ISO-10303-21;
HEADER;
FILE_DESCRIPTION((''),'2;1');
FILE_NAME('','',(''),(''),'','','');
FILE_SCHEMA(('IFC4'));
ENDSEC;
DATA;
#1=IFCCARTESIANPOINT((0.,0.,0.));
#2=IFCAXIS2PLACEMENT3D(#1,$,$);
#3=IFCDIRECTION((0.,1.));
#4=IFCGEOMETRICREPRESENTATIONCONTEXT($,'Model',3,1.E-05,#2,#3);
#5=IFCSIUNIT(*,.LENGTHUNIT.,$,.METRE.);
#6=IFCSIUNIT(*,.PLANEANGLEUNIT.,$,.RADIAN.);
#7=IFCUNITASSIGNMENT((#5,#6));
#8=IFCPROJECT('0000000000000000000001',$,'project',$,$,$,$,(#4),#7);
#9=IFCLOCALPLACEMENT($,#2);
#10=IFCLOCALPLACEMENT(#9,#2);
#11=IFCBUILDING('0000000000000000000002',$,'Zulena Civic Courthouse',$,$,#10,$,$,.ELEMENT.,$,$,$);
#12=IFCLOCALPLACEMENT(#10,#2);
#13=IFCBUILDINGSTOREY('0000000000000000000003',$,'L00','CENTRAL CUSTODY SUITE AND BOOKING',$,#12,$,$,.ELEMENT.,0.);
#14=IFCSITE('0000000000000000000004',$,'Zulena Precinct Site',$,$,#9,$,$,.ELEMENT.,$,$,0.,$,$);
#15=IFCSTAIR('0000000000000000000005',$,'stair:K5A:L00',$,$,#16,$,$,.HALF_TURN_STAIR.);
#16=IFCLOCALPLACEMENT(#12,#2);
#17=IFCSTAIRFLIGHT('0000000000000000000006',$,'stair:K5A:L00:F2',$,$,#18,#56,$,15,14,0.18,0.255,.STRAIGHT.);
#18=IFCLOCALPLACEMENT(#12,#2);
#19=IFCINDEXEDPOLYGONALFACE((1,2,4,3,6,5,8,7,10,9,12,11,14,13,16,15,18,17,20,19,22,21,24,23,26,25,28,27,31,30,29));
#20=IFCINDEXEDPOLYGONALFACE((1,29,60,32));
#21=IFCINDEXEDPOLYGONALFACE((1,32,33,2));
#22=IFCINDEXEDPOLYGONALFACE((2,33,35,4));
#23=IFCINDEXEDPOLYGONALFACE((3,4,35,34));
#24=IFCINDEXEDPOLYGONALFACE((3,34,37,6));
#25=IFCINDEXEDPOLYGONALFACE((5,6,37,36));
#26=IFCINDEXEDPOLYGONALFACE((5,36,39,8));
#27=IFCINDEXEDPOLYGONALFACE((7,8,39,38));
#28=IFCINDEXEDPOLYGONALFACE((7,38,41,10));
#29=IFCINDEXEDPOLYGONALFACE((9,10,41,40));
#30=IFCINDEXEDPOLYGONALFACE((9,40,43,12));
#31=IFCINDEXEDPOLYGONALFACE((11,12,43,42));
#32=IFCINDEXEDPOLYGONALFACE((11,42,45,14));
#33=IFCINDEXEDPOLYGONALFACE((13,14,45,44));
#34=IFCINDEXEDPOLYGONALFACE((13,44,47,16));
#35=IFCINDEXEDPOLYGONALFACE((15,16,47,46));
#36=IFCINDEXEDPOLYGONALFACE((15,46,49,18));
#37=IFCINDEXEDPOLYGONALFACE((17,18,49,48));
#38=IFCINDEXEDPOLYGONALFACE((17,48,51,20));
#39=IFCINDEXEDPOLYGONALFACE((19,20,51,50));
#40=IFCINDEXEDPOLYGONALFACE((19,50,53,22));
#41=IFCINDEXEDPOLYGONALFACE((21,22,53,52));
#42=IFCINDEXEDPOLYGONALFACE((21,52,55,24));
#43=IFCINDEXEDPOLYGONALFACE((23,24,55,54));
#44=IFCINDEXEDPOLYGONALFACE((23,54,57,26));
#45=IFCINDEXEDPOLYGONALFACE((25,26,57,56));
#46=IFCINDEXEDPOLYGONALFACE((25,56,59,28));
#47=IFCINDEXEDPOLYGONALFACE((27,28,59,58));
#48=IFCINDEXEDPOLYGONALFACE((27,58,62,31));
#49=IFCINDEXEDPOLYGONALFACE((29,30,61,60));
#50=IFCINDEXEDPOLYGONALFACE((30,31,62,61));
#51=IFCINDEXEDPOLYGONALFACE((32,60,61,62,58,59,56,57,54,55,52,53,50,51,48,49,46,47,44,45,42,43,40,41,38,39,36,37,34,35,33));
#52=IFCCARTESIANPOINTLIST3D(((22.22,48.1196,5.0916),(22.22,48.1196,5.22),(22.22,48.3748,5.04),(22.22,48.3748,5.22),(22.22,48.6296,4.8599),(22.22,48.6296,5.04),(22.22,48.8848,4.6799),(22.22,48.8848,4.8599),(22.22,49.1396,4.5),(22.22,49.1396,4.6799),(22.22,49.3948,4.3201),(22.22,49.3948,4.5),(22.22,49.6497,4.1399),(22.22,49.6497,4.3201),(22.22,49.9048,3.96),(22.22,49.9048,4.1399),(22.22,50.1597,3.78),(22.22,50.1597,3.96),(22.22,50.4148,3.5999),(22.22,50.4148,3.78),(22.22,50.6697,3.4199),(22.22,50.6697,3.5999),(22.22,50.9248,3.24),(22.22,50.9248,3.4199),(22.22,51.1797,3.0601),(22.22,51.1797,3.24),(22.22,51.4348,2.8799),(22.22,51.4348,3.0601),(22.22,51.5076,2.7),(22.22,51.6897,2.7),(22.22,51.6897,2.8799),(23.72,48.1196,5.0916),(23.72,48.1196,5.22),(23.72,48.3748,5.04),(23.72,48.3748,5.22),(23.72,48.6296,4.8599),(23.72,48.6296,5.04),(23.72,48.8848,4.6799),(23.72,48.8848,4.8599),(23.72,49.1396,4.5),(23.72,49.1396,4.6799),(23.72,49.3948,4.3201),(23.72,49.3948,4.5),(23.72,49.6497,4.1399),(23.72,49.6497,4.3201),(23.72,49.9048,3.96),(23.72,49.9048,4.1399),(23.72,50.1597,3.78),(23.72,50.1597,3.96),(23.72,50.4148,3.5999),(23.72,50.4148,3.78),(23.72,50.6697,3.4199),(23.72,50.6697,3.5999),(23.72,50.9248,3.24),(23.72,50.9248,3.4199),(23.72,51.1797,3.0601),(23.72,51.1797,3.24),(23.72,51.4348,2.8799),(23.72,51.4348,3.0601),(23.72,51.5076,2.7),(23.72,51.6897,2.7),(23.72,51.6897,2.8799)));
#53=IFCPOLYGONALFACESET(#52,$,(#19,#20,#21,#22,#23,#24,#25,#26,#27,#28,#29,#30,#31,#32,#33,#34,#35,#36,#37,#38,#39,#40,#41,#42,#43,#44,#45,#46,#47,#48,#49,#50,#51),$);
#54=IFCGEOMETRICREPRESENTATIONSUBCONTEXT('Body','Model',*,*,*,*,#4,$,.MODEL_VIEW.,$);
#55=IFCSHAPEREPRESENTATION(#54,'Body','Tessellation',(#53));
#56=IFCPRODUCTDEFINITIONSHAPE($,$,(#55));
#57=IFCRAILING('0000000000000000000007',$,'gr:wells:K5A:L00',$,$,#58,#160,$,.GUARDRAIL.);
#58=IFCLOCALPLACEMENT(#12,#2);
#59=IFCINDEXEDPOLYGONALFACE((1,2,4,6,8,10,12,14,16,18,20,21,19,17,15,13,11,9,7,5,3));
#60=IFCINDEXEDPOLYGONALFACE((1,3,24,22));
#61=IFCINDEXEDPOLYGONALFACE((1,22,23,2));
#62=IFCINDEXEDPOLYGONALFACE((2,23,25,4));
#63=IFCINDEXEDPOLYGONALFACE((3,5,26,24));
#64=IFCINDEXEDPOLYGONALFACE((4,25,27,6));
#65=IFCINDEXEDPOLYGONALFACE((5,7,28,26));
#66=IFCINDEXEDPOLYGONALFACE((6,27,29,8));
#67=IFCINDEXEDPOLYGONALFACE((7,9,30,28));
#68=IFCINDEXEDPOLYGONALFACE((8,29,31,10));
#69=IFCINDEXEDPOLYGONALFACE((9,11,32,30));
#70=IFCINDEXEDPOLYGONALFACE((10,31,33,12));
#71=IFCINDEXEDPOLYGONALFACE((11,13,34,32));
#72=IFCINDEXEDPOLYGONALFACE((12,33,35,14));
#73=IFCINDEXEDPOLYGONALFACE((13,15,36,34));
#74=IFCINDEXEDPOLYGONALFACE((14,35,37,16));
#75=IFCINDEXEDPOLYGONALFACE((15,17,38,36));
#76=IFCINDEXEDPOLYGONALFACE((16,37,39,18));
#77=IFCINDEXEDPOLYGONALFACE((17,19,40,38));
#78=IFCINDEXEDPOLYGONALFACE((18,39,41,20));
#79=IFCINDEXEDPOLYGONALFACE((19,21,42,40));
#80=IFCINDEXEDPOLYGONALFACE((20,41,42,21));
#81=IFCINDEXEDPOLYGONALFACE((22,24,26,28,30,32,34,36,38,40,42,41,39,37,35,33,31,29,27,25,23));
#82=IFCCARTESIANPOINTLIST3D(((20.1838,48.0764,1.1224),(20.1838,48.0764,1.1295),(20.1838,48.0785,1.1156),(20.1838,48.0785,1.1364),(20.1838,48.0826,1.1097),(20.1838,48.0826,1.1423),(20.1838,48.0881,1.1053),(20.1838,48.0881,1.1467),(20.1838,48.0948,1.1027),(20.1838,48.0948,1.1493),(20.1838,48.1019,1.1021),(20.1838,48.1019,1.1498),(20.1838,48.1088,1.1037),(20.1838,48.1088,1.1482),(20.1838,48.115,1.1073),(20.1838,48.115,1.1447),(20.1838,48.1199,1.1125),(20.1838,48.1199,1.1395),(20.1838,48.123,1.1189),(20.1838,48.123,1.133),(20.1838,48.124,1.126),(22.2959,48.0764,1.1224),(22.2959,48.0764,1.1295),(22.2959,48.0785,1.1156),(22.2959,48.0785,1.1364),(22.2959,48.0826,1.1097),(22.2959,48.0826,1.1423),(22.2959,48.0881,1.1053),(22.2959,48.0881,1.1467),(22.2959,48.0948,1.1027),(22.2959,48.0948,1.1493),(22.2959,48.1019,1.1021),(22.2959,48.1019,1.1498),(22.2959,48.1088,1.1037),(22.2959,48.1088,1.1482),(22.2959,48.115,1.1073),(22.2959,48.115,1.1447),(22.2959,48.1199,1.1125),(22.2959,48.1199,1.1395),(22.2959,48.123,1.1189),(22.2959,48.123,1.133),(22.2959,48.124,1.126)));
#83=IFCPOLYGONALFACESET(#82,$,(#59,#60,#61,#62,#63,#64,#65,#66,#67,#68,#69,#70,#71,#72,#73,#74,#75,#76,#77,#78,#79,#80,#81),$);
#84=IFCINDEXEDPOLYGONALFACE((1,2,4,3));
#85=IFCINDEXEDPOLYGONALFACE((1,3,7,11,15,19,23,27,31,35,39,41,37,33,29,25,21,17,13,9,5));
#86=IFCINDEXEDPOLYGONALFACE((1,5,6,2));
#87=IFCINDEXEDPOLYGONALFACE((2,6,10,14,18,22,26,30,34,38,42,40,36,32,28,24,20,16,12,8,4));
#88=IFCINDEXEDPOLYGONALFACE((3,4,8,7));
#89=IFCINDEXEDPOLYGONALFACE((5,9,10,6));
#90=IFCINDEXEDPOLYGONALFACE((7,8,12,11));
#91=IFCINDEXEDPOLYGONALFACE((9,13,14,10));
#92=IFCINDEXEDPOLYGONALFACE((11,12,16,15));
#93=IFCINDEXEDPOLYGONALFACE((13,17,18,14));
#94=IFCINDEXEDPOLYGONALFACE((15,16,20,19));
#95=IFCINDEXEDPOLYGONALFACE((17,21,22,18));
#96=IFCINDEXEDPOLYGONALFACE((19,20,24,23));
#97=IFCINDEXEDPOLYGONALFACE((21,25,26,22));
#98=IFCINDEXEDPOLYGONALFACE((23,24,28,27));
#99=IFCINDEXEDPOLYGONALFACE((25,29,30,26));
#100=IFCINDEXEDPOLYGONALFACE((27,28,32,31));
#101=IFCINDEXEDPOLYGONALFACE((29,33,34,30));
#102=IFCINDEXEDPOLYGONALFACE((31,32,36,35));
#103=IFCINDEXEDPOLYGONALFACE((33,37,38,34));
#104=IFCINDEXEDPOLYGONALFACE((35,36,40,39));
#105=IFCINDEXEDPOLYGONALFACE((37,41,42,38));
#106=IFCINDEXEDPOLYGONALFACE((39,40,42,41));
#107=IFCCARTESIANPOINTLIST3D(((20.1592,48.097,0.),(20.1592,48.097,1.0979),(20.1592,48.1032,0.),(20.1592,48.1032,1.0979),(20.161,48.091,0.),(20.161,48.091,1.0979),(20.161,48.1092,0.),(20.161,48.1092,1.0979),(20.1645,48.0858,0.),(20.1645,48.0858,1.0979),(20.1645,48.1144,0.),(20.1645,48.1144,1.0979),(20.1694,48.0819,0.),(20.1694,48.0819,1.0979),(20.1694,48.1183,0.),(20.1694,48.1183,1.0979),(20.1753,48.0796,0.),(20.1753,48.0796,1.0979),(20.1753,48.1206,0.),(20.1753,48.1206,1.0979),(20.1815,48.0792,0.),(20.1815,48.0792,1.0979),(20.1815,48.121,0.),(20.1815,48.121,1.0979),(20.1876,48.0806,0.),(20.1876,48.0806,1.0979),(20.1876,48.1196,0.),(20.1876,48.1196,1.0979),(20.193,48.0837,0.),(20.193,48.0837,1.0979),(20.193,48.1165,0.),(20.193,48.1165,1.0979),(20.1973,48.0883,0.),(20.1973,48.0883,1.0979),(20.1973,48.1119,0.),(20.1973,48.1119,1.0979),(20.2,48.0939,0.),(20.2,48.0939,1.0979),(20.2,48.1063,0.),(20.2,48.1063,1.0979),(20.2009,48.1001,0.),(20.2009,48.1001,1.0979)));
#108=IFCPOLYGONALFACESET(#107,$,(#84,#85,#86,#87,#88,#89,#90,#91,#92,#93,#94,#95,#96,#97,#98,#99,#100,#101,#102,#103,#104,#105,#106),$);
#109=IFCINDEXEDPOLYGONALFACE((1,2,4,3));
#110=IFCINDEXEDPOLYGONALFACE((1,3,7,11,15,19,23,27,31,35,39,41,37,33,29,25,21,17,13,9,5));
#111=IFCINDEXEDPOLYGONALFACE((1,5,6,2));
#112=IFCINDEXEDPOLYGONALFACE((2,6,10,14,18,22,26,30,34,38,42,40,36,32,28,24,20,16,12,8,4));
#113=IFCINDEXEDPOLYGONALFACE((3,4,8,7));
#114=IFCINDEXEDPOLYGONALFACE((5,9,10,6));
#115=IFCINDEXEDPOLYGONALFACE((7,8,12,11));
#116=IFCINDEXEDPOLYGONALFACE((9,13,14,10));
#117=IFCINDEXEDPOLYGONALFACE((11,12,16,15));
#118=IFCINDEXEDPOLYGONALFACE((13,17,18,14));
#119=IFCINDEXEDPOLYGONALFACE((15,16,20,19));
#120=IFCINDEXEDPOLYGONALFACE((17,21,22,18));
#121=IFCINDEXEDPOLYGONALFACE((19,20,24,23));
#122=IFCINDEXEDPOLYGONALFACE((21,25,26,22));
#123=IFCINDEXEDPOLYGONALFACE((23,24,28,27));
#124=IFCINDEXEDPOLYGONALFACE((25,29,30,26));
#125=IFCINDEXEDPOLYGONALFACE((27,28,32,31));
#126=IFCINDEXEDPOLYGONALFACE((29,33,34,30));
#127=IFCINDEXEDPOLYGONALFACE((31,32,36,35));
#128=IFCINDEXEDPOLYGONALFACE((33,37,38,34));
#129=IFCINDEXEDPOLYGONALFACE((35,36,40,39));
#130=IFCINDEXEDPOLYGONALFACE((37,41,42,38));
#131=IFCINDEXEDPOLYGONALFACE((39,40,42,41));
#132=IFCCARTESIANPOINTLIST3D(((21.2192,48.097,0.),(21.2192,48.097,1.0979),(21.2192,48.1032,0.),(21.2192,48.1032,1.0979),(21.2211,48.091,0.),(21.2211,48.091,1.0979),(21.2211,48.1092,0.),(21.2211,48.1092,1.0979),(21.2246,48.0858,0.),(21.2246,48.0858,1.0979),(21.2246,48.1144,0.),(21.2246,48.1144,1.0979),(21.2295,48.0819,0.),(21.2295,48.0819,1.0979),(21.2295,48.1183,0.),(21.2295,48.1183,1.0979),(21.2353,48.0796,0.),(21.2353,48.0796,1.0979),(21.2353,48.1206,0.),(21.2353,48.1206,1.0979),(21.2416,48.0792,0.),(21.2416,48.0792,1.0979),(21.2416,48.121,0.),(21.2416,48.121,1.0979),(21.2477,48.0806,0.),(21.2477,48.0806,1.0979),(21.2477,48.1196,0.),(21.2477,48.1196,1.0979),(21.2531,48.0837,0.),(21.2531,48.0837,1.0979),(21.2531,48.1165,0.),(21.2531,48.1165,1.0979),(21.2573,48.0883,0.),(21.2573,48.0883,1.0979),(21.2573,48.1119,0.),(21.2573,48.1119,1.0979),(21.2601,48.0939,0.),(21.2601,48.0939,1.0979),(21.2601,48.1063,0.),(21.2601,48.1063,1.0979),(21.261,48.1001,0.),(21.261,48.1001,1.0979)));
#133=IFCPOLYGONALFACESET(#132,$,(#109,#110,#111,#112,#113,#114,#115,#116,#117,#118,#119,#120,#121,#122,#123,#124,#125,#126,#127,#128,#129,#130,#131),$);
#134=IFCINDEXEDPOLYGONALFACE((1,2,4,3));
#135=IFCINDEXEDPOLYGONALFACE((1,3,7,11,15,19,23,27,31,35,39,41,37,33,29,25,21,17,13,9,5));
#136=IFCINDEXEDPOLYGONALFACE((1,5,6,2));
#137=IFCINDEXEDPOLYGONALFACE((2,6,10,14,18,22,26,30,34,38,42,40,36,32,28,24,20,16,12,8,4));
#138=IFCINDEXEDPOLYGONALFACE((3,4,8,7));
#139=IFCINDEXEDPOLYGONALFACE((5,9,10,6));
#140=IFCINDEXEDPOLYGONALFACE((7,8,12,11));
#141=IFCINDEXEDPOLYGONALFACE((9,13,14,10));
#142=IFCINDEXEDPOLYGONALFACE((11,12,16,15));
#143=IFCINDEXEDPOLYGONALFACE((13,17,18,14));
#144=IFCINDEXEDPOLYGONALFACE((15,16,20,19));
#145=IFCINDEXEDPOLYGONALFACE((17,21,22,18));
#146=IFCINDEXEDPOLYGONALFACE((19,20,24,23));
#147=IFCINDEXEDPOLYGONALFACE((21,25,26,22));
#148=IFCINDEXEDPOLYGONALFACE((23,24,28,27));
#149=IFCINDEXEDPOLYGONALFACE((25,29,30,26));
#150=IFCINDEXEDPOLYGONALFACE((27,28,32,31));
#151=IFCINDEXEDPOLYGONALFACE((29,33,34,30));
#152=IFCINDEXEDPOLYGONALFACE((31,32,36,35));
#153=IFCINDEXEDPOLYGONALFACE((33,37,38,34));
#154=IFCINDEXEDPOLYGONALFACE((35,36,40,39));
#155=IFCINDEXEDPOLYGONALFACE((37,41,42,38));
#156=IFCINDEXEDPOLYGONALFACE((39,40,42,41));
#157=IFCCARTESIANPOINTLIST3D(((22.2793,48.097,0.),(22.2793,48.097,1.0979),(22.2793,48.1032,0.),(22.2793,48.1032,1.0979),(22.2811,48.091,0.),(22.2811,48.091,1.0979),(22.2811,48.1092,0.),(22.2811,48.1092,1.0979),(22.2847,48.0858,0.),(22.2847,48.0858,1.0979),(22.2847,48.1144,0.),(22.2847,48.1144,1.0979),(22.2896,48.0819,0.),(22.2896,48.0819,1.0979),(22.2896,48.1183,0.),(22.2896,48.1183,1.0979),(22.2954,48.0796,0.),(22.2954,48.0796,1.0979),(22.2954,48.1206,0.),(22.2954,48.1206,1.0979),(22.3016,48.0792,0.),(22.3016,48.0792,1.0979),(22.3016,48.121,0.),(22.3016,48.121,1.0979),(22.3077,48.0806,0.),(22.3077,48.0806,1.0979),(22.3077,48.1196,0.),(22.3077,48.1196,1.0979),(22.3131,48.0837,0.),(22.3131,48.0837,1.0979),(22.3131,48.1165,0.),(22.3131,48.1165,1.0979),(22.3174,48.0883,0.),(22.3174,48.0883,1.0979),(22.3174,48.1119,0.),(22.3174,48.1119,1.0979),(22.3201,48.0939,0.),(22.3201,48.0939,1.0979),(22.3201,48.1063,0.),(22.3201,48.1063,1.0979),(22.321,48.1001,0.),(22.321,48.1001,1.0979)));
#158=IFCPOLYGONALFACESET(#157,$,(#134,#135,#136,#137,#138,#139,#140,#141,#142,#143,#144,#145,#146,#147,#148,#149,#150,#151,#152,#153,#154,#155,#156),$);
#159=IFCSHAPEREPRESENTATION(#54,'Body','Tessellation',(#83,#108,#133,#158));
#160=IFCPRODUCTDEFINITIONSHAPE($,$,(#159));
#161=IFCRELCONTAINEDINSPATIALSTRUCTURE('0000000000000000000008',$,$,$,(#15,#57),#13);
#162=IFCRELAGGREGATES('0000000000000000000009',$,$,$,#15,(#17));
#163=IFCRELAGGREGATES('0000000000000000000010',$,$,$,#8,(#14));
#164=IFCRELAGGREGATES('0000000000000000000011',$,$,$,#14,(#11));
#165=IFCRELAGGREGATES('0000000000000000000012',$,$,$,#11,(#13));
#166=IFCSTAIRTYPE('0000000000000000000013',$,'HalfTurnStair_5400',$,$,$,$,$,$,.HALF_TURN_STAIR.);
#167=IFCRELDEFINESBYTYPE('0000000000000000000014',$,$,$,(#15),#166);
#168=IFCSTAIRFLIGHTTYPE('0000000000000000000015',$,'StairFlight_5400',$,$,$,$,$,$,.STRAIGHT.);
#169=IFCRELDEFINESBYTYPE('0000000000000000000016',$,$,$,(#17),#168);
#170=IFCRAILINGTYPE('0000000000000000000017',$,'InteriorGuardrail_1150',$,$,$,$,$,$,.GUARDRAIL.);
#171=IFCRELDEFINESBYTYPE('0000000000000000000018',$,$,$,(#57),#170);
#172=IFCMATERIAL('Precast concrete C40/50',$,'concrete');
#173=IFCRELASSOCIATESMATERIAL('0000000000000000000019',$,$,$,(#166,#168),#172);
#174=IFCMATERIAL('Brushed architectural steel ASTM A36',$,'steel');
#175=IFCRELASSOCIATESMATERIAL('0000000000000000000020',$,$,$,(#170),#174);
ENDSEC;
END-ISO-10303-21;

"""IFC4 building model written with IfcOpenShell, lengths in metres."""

from ifc_helpers import new_model, si_unit, direction, frame, origin, origin_2d, place, context, subcontext, project, spatial, polyline, circle, outline, extrude, material, type_object, element, aggregate, save


model = new_model("IFC4")

# Units and contexts
model_context = context("Model", 3, precision=1e-05, world=origin(), true_north=direction((0.0, 1.0)))
body_context = subcontext(model_context, "Body", "Model", "MODEL_VIEW")
ifc_project = project(units=[si_unit("LENGTHUNIT", "METRE"), si_unit("PLANEANGLEUNIT", "RADIAN")], contexts=[model_context])

# Site, building, storey
site_placement = place(None, origin())
site = spatial("IfcSite", under=ifc_project, at=site_placement, Name="Zulena Precinct Site", CompositionType="ELEMENT", RefElevation=0.0)
building_placement = place(site_placement, origin())
building = spatial("IfcBuilding", under=site, at=building_placement, Name="Zulena Civic Courthouse", CompositionType="ELEMENT")
storey_placement = place(building_placement, origin())
storey = spatial("IfcBuildingStorey", under=building, at=storey_placement, Name="L00", Description="CENTRAL CUSTODY SUITE AND BOOKING", CompositionType="ELEMENT", Elevation=0.0)

# Stair, stair flight
ifc_material_1 = material(Name="Precast concrete C40/50", Category="concrete")
stair_type = type_object("IfcStairType", Name="HalfTurnStair_5400", PredefinedType="HALF_TURN_STAIR", material=ifc_material_1)
stair_placement = place(storey_placement, origin())
stair = element("IfcStair", 1, at=stair_placement, inside=storey, type_object=stair_type, Name="stair:K5A:L00", PredefinedType="HALF_TURN_STAIR")
stair_flight_type = type_object("IfcStairFlightType", Name="StairFlight_5400", PredefinedType="STRAIGHT", material=ifc_material_1)
stair_flight_1_placement = place(storey_placement, frame((22.97, 51.6897, 2.7), z_axis=(0.0, 0.0, 1.0), x_axis=(0.0, -1.0, 0.0)))
stair_flight_1 = element("IfcStairFlight", 2, at=stair_flight_1_placement, type_object=stair_flight_type, Name="stair:K5A:L00:F2", NumberOfRisers=15, NumberOfTreads=14, PredefinedType="STRAIGHT", RiserHeight=0.18, TreadLength=0.255, context=body_context, shape_type="SweptSolid", body=[
    extrude(outline(polyline([(0.0, 0.0), (0.0, 0.1799), (0.2549, 0.1799), (0.2549, 0.3601), (0.51, 0.3601), (0.51, 0.54), (0.7649, 0.54), (0.7649, 0.72), (1.02, 0.72), (1.02, 0.8999), (1.2749, 0.8999), (1.2749, 1.0801), (1.53, 1.0801), (1.53, 1.26), (1.7849, 1.26), (1.7849, 1.4399), (2.04, 1.4399), (2.04, 1.6201), (2.2949, 1.6201), (2.2949, 1.8), (2.55, 1.8), (2.55, 1.98), (2.8049, 1.98), (2.8049, 2.1599), (3.0601, 2.1599), (3.0601, 2.3401), (3.3149, 2.3401), (3.3149, 2.52), (3.5701, 2.52), (3.5701, 2.7), (3.5701, 2.3916), (0.1821, 0.0), (0.0, 0.0)])), frame((0.0, 0.75, 0.0), z_axis=(0.0, -1.0, 0.0), x_axis=(1.0, 0.0, 0.0)), (0.0, 0.0, 1.0), 1.5),
])
aggregate(stair, [stair_flight_1])

# Railing
ifc_material_2 = material(Name="Brushed architectural steel ASTM A36", Category="steel")
railing_type_1 = type_object("IfcRailingType", Name="InteriorGuardrail_1150", PredefinedType="GUARDRAIL", material=ifc_material_2)
railing_1_placement = place(storey_placement, frame((20.1799, 48.1001, 0.0)))
element("IfcRailing", 3, at=railing_1_placement, inside=storey, type_object=railing_type_1, Name="gr:wells:K5A:L00", PredefinedType="GUARDRAIL", context=body_context, shape_type="SweptSolid", body=[
    extrude(circle(Radius=0.0239, at=origin_2d()), frame((0.0039, 0.0, 1.126), z_axis=(1.0, 0.0, 0.0), x_axis=(0.0, 1.0, 0.0)), (0.0, 0.0, 1.0), 2.1121),
    extrude(circle(Radius=0.021, at=origin_2d()), origin(), (0.0, 0.0, 1.0), 1.0979),
    extrude(circle(Radius=0.021, at=origin_2d()), frame((1.0601, 0.0, 0.0)), (0.0, 0.0, 1.0), 1.0979),
    extrude(circle(Radius=0.021, at=origin_2d()), frame((2.1201, 0.0, 0.0)), (0.0, 0.0, 1.0), 1.0979),
])

save(model, "model.ifc")
